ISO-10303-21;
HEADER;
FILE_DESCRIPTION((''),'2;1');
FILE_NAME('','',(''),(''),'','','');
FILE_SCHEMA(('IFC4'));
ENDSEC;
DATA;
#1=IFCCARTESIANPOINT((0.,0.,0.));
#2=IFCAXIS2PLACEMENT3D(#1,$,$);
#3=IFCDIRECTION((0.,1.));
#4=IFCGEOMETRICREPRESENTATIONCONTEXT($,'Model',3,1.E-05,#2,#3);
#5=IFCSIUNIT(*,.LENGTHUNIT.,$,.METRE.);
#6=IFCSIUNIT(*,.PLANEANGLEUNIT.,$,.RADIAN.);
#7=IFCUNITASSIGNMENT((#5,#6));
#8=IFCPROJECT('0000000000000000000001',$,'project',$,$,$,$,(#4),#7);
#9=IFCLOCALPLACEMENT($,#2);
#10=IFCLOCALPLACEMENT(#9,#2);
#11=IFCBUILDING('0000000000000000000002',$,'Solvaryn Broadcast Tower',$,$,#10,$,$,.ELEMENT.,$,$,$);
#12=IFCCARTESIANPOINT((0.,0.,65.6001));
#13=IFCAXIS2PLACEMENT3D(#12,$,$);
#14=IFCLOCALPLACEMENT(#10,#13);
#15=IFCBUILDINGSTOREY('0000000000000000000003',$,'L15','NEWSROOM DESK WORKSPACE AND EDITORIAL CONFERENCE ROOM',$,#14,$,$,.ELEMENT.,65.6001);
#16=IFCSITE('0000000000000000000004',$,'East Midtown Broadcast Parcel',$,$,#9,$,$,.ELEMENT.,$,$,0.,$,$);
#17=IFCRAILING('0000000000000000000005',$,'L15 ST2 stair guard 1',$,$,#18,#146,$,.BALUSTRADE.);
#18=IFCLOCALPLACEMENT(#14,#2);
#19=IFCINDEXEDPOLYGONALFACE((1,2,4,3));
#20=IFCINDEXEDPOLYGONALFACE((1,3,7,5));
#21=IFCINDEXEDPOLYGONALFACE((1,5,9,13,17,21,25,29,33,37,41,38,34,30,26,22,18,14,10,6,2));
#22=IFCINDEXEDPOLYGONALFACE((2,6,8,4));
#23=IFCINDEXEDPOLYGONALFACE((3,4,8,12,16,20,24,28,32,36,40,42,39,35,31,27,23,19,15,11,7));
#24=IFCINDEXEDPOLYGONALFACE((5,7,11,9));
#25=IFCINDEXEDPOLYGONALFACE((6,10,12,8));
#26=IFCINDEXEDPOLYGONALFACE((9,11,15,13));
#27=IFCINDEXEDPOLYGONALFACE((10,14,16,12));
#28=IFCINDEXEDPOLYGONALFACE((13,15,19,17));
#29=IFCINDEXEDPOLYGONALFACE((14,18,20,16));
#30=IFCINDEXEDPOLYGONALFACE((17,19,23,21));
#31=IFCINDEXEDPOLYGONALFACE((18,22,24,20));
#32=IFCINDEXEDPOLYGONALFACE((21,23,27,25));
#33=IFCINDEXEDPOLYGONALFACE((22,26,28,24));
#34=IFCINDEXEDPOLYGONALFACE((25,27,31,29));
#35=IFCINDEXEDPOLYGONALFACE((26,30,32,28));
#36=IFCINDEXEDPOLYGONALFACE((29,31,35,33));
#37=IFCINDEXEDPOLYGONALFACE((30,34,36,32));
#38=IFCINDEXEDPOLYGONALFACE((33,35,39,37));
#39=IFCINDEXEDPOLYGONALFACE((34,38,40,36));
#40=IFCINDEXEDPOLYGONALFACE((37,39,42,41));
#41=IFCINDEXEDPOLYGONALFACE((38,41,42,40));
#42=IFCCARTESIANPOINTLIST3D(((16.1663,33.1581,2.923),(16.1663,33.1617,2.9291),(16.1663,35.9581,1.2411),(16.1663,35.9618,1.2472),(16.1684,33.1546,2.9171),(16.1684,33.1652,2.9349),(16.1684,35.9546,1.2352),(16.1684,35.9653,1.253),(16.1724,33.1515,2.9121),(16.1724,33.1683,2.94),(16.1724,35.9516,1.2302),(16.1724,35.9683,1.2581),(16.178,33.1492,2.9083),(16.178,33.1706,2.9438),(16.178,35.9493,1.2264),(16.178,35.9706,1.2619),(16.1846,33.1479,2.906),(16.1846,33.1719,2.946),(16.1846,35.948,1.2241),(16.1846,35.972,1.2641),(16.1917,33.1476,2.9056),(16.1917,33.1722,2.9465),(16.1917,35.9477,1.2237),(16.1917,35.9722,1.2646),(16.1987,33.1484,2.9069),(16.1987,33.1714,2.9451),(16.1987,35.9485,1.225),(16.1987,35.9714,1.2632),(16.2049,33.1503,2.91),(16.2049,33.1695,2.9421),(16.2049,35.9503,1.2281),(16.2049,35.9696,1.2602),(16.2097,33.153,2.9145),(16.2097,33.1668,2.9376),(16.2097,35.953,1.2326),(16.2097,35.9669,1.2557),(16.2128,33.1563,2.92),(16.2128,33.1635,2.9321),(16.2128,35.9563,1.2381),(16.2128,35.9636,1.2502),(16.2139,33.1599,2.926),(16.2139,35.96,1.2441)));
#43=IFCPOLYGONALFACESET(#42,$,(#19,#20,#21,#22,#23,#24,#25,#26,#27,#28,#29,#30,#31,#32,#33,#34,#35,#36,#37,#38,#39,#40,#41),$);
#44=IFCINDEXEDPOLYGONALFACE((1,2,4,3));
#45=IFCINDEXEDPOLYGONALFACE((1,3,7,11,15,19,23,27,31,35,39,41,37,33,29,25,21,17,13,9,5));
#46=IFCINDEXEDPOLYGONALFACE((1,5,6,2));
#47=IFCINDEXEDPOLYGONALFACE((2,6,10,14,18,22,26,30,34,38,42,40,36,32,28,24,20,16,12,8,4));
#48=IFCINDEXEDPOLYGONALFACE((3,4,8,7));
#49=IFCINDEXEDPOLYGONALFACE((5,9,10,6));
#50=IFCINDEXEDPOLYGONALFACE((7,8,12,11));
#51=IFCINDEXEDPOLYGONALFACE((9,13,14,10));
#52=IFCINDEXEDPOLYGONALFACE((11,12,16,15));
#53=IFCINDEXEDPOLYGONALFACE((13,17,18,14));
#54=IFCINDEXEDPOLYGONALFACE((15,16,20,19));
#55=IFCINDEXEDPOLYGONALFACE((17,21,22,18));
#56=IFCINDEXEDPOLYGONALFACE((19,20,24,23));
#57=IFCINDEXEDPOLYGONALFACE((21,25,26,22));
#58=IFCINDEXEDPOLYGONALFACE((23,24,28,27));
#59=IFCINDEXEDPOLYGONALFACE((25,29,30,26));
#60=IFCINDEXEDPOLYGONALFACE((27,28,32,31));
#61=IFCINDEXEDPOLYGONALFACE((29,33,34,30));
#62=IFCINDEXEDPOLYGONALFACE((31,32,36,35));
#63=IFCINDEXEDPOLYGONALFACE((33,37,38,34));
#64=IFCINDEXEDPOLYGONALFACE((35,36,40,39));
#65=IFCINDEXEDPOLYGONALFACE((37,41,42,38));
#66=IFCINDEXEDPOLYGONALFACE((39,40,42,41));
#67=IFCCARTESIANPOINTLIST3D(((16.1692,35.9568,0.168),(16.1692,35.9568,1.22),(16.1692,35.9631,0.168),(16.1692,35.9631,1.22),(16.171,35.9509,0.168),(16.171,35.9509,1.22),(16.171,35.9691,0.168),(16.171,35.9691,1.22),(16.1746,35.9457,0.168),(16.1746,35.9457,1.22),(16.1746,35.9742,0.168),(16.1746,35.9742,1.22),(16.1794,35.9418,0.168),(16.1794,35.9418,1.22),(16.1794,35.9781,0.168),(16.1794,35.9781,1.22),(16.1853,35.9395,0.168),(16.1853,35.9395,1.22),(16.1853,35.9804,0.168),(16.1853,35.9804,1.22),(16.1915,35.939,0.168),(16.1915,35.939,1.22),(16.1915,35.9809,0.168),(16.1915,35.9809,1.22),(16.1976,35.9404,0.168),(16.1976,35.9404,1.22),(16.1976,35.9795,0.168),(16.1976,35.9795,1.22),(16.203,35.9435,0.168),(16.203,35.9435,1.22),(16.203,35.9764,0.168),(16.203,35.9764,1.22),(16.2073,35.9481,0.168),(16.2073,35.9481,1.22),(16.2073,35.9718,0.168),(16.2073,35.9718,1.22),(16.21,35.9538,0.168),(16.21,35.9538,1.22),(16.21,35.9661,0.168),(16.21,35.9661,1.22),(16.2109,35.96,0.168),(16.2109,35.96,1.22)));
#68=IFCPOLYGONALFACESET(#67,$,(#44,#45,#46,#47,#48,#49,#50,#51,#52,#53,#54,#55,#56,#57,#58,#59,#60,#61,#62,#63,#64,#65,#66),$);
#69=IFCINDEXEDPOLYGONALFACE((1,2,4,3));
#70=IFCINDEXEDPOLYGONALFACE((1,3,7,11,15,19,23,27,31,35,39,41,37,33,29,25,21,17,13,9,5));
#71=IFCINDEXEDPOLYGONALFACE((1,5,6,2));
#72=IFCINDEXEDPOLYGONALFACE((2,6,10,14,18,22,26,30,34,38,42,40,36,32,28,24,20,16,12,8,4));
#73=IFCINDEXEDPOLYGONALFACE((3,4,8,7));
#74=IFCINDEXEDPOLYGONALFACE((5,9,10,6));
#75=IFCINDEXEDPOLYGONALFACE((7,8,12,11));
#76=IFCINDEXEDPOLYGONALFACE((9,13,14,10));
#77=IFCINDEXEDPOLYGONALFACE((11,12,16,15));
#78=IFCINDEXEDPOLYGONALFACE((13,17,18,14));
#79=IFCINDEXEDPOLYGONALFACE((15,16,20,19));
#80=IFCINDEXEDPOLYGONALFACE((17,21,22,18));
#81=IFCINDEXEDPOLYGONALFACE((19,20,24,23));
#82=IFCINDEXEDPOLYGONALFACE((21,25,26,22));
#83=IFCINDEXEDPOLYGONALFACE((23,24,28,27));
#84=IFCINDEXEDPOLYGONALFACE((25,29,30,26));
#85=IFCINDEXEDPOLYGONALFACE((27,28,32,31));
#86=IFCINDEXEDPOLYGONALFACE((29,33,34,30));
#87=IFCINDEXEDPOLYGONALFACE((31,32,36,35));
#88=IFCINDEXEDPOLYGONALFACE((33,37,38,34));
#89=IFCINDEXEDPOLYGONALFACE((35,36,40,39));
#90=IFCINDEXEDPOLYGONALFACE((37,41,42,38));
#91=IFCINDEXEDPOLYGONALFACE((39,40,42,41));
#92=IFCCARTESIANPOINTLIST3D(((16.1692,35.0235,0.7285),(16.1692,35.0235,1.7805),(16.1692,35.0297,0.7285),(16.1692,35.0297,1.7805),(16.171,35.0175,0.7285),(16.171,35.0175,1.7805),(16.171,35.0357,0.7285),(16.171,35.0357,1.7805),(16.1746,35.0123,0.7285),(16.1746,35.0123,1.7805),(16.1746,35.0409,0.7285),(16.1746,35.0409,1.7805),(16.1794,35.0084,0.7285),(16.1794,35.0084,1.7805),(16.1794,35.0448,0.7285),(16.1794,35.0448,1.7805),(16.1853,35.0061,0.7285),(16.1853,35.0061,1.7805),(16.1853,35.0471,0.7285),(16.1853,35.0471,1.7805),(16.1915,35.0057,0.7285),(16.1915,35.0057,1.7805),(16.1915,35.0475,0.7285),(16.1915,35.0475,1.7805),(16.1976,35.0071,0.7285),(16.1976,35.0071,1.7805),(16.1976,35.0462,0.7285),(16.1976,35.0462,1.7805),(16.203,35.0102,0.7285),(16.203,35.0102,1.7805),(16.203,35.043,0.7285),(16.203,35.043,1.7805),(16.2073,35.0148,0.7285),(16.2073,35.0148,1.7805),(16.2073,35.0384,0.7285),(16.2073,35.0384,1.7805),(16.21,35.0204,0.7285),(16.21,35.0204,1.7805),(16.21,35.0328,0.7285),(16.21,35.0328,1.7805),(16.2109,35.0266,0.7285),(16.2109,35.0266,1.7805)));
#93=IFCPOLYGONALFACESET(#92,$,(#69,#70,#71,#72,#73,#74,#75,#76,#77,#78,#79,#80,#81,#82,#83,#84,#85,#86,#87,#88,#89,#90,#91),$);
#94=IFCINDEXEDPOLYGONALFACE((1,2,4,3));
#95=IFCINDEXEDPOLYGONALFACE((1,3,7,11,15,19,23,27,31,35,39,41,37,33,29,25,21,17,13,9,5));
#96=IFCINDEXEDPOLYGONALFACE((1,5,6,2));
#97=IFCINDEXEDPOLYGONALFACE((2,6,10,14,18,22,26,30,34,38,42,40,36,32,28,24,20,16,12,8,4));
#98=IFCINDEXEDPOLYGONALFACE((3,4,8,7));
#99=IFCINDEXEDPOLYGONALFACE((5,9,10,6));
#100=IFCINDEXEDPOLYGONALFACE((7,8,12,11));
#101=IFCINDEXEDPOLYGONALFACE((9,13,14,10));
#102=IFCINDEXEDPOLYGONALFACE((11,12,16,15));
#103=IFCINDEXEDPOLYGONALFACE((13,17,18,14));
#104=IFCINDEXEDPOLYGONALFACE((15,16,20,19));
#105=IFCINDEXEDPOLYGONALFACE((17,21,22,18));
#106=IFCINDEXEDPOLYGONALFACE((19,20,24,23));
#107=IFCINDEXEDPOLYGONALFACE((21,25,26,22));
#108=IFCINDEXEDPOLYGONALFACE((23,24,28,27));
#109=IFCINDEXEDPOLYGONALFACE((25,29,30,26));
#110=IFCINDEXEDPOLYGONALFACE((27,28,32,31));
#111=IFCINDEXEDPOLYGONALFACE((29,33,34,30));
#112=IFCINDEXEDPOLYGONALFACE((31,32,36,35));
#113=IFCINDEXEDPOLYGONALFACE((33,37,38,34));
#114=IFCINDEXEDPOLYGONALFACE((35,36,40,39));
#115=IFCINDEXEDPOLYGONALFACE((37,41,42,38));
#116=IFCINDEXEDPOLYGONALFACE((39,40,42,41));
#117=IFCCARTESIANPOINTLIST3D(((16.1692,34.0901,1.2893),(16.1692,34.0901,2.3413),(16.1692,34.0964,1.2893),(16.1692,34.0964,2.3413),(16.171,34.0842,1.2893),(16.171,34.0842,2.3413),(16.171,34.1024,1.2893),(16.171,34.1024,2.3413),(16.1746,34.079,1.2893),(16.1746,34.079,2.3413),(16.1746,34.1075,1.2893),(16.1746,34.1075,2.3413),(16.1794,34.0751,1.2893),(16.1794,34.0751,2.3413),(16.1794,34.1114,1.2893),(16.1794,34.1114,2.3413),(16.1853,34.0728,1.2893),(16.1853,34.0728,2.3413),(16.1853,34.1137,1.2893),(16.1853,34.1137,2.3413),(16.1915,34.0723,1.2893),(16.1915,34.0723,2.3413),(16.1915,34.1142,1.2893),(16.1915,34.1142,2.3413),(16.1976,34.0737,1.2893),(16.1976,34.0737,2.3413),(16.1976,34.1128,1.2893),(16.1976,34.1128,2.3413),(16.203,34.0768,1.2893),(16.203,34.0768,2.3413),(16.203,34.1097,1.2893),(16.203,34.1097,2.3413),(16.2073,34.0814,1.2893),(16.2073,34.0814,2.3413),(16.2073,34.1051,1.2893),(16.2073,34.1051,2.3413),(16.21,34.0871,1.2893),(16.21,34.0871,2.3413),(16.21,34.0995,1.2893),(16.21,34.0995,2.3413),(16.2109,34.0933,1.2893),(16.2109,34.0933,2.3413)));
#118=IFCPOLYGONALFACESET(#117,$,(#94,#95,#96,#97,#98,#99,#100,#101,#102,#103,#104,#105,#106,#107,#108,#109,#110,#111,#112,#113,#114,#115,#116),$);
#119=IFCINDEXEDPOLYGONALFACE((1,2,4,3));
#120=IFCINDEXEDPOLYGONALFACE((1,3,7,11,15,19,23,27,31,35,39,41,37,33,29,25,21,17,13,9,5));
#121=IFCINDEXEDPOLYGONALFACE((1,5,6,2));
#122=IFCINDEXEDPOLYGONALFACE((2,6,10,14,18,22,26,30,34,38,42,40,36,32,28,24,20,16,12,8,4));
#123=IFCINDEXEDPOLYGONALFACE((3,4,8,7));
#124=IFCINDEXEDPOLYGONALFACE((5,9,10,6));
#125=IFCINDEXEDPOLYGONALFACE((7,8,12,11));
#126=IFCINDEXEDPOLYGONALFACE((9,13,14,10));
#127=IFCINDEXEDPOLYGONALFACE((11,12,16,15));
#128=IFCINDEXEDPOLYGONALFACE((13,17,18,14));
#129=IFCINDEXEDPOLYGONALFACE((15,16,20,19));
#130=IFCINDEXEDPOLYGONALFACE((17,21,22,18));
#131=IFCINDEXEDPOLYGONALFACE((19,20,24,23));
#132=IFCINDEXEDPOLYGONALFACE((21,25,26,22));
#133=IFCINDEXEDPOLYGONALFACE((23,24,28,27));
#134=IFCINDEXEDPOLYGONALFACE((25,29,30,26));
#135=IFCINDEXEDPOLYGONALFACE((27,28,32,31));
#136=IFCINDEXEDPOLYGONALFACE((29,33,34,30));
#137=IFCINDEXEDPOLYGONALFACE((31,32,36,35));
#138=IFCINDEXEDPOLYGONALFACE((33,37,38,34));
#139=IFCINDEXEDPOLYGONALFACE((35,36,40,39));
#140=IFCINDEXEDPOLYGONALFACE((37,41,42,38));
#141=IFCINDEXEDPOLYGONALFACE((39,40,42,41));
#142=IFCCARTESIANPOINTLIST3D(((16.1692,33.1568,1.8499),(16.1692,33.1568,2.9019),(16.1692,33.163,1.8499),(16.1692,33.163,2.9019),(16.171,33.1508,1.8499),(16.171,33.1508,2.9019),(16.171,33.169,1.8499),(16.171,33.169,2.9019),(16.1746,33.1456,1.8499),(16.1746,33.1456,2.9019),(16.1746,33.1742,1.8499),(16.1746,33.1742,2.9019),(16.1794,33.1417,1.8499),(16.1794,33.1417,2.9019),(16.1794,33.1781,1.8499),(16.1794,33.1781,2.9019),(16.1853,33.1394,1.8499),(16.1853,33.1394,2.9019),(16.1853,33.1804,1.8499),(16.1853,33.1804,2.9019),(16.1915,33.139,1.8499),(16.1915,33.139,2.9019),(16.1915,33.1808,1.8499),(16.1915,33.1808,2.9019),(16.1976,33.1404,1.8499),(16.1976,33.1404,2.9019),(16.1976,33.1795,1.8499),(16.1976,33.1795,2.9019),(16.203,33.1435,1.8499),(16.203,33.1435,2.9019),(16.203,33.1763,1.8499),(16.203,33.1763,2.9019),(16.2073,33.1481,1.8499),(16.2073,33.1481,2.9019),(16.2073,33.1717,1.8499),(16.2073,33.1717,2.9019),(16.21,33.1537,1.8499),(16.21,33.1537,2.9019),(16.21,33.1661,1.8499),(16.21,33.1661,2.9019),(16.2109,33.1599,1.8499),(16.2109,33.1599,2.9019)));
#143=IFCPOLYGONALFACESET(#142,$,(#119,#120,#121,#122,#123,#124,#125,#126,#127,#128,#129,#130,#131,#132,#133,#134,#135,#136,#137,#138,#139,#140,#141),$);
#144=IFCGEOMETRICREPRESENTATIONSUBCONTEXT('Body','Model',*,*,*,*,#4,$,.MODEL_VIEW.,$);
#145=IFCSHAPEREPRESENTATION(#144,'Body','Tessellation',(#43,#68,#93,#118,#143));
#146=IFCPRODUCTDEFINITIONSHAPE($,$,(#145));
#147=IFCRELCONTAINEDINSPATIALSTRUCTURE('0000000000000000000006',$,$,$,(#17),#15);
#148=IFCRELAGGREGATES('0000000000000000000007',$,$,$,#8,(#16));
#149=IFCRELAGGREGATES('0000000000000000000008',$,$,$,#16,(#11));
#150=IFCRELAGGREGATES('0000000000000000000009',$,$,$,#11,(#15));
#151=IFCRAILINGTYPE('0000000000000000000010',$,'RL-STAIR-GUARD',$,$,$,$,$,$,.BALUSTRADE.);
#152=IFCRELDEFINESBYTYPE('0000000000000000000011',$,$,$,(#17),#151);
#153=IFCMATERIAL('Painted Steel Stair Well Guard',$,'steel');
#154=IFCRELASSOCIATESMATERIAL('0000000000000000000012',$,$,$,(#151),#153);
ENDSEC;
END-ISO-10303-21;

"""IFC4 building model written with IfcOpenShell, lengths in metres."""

from ifc_helpers import new_model, si_unit, direction, frame, origin, origin_2d, place, context, subcontext, project, spatial, circle, extrude, material, type_object, element, save


model = new_model("IFC4")

# Units and contexts
model_context = context("Model", 3, precision=1e-05, world=origin(), true_north=direction((0.0, 1.0)))
body_context = subcontext(model_context, "Body", "Model", "MODEL_VIEW")
ifc_project = project(units=[si_unit("LENGTHUNIT", "METRE"), si_unit("PLANEANGLEUNIT", "RADIAN")], contexts=[model_context])

# Site, building, storey
site_placement = place(None, origin())
site = spatial("IfcSite", under=ifc_project, at=site_placement, Name="East Midtown Broadcast Parcel", CompositionType="ELEMENT", RefElevation=0.0)
building_placement = place(site_placement, origin())
building = spatial("IfcBuilding", under=site, at=building_placement, Name="Solvaryn Broadcast Tower", CompositionType="ELEMENT")
storey_placement = place(building_placement, frame((0.0, 0.0, 65.6001)))
storey = spatial("IfcBuildingStorey", under=building, at=storey_placement, Name="L15", Description="NEWSROOM DESK WORKSPACE AND EDITORIAL CONFERENCE ROOM", CompositionType="ELEMENT", Elevation=65.6001)

# Railing
ifc_material_1 = material(Name="Painted Steel Stair Well Guard", Category="steel")
railing_type_1 = type_object("IfcRailingType", Name="RL-STAIR-GUARD", PredefinedType="BALUSTRADE", material=ifc_material_1)
railing_1_placement = place(storey_placement, frame((16.1899, 35.96, 0.168)))
element("IfcRailing", 1, at=railing_1_placement, inside=storey, type_object=railing_type_1, Name="L15 ST2 stair guard 1", PredefinedType="BALUSTRADE", context=body_context, shape_type="SweptSolid", body=[
    extrude(circle(Radius=0.0239, at=origin_2d()), frame((0.0, 0.0, 1.0762), z_axis=(0.0, -0.857242, 0.514913), x_axis=(1.0, 0.0, 0.0)), (0.0, 0.0, 1.0), 3.2664),
    extrude(circle(Radius=0.021, at=origin_2d()), origin(), (0.0, 0.0, 1.0), 1.052),
    extrude(circle(Radius=0.021, at=origin_2d()), frame((0.0, -0.9333, 0.5605)), (0.0, 0.0, 1.0), 1.052),
    extrude(circle(Radius=0.021, at=origin_2d()), frame((0.0, -1.8667, 1.1213)), (0.0, 0.0, 1.0), 1.052),
    extrude(circle(Radius=0.021, at=origin_2d()), frame((0.0, -2.8, 1.6819)), (0.0, 0.0, 1.0), 1.052),
])

save(model, "model.ifc")
